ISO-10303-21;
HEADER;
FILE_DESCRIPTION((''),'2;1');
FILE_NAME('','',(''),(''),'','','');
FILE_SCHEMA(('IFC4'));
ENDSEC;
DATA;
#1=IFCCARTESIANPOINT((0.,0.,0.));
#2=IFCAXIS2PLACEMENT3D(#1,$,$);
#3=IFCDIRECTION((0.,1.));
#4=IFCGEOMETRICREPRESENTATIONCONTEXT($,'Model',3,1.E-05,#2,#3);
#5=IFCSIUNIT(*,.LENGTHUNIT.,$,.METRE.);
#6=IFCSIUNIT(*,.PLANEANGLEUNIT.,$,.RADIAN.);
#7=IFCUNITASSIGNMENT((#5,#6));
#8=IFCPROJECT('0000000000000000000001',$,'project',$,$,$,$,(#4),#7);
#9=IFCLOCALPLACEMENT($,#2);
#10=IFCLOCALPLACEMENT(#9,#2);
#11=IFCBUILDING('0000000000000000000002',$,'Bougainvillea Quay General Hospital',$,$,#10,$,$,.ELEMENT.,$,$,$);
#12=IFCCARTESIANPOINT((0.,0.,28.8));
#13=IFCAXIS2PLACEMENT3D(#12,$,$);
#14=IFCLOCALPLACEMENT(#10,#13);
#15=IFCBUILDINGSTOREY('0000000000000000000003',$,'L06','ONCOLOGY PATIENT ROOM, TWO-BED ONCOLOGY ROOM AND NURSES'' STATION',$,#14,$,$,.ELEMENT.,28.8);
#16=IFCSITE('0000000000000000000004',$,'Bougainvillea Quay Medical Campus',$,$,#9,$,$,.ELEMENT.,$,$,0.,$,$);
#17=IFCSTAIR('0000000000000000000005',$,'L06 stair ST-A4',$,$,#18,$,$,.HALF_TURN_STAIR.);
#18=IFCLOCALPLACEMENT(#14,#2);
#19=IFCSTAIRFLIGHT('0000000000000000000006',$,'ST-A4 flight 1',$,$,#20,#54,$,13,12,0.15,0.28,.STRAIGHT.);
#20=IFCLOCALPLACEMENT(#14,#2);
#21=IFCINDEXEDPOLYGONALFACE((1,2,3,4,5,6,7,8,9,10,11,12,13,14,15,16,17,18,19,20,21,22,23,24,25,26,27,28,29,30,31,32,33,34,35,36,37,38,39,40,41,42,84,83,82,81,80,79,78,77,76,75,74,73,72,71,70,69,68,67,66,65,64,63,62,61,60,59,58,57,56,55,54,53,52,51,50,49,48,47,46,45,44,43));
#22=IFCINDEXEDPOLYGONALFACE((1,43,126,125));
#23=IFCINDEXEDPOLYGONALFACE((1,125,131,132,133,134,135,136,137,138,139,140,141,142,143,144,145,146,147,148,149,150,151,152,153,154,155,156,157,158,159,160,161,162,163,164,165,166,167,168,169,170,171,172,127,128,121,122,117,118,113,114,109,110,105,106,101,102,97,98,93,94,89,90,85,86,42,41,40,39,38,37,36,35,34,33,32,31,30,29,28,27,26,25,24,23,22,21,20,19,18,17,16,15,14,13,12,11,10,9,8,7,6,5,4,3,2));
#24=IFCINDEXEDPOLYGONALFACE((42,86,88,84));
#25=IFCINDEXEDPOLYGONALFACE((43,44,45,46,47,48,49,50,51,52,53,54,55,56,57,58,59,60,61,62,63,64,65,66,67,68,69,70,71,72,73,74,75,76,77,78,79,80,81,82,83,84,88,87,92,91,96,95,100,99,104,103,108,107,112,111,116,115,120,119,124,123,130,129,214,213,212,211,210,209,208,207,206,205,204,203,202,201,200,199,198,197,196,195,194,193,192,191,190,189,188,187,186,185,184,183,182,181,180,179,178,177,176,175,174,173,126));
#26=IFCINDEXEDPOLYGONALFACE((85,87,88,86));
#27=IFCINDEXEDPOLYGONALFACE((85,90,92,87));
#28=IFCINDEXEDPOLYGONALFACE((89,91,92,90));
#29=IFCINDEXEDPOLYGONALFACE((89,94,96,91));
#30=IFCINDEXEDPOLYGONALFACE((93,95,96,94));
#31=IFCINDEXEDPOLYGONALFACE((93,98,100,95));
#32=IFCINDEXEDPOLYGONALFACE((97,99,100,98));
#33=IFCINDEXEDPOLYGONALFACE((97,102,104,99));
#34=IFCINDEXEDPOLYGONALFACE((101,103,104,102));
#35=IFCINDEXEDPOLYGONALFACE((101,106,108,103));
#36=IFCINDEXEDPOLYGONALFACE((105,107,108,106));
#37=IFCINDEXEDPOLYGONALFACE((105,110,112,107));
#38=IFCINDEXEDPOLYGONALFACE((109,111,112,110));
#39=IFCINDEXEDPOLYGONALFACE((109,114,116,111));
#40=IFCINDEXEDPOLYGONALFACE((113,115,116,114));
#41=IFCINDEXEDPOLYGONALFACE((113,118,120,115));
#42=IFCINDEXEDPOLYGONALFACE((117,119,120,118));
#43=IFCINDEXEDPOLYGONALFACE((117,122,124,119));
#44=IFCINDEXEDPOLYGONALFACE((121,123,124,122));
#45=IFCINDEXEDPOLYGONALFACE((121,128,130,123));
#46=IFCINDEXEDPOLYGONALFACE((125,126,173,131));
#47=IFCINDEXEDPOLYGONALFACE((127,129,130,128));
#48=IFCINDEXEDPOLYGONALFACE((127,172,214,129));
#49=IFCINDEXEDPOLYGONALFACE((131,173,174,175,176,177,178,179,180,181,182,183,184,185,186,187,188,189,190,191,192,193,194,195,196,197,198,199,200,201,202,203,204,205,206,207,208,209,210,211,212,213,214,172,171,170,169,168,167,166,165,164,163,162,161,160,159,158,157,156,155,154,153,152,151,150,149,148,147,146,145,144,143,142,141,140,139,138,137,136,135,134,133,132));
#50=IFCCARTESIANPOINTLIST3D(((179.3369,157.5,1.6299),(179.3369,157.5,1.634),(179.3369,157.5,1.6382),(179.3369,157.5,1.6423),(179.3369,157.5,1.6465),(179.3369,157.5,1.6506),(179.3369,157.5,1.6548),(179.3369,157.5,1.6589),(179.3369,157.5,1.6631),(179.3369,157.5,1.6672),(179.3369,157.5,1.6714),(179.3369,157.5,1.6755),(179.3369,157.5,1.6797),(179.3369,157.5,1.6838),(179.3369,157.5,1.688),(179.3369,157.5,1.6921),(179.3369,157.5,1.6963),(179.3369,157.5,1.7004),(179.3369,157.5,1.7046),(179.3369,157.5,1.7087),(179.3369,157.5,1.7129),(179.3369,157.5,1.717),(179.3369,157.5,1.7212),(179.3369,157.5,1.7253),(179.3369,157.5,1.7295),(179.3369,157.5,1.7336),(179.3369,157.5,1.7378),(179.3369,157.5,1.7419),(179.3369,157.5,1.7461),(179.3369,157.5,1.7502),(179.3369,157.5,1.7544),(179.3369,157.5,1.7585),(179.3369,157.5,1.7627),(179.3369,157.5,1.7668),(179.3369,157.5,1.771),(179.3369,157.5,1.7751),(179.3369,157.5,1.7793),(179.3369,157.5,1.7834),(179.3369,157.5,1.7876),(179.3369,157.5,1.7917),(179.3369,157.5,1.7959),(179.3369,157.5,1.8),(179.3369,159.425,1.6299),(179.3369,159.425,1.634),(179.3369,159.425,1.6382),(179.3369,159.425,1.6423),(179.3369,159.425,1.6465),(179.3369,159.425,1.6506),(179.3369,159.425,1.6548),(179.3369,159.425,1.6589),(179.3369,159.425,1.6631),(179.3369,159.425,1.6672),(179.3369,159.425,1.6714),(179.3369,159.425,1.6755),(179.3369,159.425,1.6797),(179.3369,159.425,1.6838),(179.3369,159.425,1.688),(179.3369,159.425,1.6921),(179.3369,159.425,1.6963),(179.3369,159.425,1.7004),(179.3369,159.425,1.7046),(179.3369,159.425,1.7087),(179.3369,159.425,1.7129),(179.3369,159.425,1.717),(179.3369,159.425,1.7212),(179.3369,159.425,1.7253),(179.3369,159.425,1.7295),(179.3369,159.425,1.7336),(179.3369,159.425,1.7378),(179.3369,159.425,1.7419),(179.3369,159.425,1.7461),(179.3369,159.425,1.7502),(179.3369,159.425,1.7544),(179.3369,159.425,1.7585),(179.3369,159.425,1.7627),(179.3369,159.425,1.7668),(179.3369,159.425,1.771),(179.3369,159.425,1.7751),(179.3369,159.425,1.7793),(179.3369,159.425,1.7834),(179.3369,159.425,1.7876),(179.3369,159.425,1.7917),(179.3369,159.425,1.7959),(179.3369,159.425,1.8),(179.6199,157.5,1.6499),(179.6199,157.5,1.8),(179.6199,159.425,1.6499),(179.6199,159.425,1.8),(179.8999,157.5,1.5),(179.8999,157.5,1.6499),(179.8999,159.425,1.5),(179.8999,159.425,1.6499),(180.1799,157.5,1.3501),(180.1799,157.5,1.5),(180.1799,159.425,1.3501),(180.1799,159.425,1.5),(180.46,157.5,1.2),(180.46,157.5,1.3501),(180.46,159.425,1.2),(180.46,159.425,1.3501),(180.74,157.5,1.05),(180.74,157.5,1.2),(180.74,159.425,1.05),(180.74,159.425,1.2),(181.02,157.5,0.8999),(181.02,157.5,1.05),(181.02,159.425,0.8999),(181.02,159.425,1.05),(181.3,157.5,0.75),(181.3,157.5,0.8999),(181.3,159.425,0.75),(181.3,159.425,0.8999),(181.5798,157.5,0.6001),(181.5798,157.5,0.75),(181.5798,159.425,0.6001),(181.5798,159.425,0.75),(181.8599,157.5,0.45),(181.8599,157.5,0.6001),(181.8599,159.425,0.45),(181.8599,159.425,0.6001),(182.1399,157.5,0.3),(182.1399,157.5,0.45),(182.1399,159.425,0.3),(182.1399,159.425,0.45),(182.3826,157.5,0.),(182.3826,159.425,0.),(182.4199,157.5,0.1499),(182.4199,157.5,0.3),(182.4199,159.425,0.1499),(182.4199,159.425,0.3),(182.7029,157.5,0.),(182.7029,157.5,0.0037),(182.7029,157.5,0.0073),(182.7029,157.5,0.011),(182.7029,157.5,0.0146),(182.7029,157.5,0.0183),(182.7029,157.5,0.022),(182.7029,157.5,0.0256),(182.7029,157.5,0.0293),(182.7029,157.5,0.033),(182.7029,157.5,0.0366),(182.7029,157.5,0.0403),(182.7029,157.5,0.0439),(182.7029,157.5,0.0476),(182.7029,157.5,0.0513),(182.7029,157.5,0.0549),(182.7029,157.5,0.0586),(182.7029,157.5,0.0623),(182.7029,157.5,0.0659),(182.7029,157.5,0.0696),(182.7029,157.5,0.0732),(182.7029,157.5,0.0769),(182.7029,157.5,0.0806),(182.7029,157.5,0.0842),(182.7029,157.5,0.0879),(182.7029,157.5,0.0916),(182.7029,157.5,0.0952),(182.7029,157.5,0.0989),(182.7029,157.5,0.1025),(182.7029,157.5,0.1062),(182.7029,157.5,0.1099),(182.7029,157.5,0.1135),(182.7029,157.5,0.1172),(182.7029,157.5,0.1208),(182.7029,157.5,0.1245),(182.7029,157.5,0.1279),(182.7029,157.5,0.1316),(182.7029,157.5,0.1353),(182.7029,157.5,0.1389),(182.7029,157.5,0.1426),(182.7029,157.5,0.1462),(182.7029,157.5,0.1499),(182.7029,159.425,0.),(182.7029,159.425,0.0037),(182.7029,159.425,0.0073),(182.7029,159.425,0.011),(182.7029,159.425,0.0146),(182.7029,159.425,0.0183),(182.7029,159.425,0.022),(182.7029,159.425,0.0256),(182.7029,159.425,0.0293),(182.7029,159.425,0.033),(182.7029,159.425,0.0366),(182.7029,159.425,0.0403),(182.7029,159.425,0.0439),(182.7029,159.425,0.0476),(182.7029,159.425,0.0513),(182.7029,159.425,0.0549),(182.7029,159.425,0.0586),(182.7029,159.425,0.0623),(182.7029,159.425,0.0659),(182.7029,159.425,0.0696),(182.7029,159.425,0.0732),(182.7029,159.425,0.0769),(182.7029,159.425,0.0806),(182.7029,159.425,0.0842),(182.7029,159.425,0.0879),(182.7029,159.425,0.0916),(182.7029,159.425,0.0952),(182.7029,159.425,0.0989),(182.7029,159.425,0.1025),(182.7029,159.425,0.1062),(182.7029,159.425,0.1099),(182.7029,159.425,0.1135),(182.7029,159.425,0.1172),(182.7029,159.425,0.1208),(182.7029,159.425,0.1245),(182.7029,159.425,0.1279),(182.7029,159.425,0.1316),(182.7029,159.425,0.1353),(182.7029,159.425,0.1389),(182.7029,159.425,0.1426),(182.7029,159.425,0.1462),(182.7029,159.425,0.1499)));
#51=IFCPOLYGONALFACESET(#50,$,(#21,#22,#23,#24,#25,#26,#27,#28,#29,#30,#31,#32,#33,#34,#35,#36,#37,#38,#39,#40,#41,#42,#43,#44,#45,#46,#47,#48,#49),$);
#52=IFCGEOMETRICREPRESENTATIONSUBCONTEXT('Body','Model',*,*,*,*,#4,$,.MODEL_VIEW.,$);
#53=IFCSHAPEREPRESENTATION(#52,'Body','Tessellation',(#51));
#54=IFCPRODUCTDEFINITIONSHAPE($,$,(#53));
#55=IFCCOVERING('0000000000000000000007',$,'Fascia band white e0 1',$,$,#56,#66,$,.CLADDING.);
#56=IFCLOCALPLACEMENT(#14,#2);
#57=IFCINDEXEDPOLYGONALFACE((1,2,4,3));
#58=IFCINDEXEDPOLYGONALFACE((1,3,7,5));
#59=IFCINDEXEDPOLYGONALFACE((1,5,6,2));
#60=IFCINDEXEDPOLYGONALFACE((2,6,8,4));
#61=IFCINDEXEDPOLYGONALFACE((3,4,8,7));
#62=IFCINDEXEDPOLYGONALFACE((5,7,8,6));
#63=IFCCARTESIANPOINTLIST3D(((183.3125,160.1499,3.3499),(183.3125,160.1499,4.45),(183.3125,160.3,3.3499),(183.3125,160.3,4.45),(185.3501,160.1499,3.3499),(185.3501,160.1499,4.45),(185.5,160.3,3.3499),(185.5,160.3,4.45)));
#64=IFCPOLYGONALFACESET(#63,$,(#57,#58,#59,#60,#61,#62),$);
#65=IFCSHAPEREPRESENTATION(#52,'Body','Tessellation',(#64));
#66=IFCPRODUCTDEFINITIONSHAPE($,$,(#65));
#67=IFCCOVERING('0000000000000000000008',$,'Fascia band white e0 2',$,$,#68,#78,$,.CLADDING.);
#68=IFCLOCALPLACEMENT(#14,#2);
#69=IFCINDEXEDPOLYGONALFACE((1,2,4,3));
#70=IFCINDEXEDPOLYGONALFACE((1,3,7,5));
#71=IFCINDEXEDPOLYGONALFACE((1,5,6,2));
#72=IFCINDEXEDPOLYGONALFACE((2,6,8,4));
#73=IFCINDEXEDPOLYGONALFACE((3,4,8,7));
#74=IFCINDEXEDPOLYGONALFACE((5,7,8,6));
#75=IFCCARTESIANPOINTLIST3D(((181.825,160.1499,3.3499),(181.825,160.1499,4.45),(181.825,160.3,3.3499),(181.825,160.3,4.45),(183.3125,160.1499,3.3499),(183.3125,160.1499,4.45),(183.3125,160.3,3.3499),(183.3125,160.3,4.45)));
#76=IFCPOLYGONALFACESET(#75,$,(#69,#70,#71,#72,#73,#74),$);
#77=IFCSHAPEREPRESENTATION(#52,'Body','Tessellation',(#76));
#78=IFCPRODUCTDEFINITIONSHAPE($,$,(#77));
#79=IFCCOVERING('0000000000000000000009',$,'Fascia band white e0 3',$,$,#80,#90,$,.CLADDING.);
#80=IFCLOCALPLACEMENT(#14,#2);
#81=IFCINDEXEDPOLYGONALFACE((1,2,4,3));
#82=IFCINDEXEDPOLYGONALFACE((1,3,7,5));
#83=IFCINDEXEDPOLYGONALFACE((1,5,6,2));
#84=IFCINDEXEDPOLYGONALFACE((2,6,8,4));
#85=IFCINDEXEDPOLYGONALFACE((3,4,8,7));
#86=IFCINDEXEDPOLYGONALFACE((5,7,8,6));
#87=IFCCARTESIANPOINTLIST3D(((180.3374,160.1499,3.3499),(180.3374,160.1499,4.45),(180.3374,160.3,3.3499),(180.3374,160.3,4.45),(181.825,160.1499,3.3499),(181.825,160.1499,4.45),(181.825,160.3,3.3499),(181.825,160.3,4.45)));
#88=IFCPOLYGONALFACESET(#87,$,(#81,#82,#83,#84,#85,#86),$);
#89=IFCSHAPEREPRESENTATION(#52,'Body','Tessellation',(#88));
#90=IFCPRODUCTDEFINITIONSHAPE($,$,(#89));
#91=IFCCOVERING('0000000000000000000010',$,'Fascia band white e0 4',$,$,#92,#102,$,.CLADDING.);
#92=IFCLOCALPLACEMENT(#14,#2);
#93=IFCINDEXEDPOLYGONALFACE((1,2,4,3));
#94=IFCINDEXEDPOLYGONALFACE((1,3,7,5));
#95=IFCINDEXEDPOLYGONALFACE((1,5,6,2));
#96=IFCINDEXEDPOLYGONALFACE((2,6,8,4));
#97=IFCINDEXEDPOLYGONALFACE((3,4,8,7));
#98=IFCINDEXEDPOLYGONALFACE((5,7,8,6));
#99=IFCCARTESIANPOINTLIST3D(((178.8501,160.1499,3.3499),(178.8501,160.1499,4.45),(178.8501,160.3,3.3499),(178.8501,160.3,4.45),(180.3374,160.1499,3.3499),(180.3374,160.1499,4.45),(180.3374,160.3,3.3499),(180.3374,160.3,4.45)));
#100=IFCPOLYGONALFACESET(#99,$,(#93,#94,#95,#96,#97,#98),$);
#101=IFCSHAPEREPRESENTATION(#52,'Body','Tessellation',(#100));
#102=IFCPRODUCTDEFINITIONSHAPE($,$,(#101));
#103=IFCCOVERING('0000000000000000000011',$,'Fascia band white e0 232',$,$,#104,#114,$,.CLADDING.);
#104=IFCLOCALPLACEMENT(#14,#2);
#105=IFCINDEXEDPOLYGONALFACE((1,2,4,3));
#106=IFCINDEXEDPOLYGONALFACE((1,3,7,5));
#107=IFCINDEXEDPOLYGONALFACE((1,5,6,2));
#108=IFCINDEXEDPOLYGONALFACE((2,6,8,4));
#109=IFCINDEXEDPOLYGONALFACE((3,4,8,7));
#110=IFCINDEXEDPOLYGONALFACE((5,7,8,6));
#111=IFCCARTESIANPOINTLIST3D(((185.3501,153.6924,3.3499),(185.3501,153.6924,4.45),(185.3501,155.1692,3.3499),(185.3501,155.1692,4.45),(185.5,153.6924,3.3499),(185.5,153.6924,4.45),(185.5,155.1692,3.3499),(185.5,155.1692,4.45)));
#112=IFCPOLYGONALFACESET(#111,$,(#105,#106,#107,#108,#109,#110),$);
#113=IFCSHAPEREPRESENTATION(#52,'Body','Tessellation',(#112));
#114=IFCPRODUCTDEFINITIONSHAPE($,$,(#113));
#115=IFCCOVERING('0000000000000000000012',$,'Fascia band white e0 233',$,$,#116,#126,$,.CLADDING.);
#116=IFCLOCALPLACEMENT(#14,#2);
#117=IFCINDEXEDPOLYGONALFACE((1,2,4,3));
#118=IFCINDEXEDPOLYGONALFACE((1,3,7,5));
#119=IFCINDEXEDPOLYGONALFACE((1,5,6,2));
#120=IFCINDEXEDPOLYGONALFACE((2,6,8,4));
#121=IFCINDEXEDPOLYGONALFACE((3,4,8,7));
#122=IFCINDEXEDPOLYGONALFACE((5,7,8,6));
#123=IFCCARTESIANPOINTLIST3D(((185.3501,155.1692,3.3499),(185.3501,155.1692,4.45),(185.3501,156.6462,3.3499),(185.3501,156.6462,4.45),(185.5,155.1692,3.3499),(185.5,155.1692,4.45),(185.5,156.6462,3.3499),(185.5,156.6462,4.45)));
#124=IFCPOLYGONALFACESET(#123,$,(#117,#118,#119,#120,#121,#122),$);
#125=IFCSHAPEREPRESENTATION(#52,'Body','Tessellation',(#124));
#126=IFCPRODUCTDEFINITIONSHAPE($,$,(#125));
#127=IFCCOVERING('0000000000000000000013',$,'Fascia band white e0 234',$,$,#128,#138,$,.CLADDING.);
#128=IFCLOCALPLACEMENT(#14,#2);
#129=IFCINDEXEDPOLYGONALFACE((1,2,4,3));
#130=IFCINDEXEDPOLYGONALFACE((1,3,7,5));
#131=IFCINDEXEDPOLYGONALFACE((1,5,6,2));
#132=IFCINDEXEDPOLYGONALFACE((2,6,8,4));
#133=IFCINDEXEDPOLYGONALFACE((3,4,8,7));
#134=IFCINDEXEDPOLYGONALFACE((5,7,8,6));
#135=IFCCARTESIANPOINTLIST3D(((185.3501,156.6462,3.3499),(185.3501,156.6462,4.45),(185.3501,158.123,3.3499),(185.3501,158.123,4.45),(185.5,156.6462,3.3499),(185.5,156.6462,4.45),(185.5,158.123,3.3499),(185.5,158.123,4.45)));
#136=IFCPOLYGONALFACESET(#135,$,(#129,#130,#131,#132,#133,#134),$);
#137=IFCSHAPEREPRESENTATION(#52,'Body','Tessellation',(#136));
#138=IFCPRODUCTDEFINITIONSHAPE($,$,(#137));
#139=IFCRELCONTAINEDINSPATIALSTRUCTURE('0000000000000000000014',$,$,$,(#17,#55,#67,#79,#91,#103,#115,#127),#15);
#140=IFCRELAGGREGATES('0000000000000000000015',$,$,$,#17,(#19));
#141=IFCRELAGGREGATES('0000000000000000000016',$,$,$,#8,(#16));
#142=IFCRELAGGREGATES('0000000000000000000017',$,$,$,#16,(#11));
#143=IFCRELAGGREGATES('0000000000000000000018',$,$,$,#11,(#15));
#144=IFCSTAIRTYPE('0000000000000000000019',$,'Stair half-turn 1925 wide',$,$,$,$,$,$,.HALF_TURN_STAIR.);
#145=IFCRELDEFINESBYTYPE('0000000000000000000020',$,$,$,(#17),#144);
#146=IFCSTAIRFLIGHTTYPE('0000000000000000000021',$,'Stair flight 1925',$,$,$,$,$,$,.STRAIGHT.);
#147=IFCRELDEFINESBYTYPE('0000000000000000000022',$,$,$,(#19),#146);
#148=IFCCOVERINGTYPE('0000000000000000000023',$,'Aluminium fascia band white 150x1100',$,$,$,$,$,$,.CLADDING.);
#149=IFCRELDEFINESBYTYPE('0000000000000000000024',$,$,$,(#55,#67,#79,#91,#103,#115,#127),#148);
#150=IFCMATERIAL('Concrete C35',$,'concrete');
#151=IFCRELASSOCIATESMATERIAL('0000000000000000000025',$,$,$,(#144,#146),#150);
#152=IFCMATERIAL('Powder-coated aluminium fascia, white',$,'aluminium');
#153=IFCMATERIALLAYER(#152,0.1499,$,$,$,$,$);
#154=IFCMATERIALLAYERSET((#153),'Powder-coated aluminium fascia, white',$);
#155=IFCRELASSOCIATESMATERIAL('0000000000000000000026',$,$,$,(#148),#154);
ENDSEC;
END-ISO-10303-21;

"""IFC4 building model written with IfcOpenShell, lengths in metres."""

from ifc_helpers import new_model, si_unit, direction, frame, origin, place, context, subcontext, project, spatial, polyline, outline, extrude, material, layer, layer_set, type_object, element, aggregate, save


model = new_model("IFC4")

# Units and contexts
model_context = context("Model", 3, precision=1e-05, world=origin(), true_north=direction((0.0, 1.0)))
body_context = subcontext(model_context, "Body", "Model", "MODEL_VIEW")
ifc_project = project(units=[si_unit("LENGTHUNIT", "METRE"), si_unit("PLANEANGLEUNIT", "RADIAN")], contexts=[model_context])

# Site, building, storey
site_placement = place(None, origin())
site = spatial("IfcSite", under=ifc_project, at=site_placement, Name="Bougainvillea Quay Medical Campus", CompositionType="ELEMENT", RefElevation=0.0)
building_placement = place(site_placement, origin())
building = spatial("IfcBuilding", under=site, at=building_placement, Name="Bougainvillea Quay General Hospital", CompositionType="ELEMENT")
storey_placement = place(building_placement, frame((0.0, 0.0, 28.8)))
storey = spatial("IfcBuildingStorey", under=building, at=storey_placement, Name="L06", Description="ONCOLOGY PATIENT ROOM, TWO-BED ONCOLOGY ROOM AND NURSES' STATION", CompositionType="ELEMENT", Elevation=28.8)

# Stair, stair flight
ifc_material_1 = material(Name="Concrete C35", Category="concrete")
stair_type = type_object("IfcStairType", Name="Stair half-turn 1925 wide", PredefinedType="HALF_TURN_STAIR", material=ifc_material_1)
stair_placement = place(storey_placement, origin())
stair = element("IfcStair", 1, at=stair_placement, inside=storey, type_object=stair_type, Name="L06 stair ST-A4", PredefinedType="HALF_TURN_STAIR")
stair_flight_type = type_object("IfcStairFlightType", Name="Stair flight 1925", PredefinedType="STRAIGHT", material=ifc_material_1)
stair_flight_1_placement = place(storey_placement, frame((182.7, 158.4624, 0.0), z_axis=(0.0, 0.0, 1.0), x_axis=(-1.0, 0.0, 0.0)))
stair_flight_1 = element("IfcStairFlight", 2, at=stair_flight_1_placement, type_object=stair_flight_type, Name="ST-A4 flight 1", NumberOfRisers=13, NumberOfTreads=12, PredefinedType="STRAIGHT", RiserHeight=0.15, TreadLength=0.28, context=body_context, shape_type="SweptSolid", body=[
    extrude(outline(polyline([(-0.0029, 0.0), (-0.0029, 0.0037), (-0.0029, 0.0073), (-0.0029, 0.011), (-0.0029, 0.0146), (-0.0029, 0.0183), (-0.0029, 0.022), (-0.0029, 0.0256), (-0.0029, 0.0293), (-0.0029, 0.033), (-0.0029, 0.0366), (-0.0029, 0.0403), (-0.0029, 0.0439), (-0.0029, 0.0476), (-0.0029, 0.0513), (-0.0029, 0.0549), (-0.0029, 0.0586), (-0.0029, 0.0623), (-0.0029, 0.0659), (-0.0029, 0.0696), (-0.0029, 0.0732), (-0.0029, 0.0769), (-0.0029, 0.0806), (-0.0029, 0.0842), (-0.0029, 0.0879), (-0.0029, 0.0916), (-0.0029, 0.0952), (-0.0029, 0.0989), (-0.0029, 0.1025), (-0.0029, 0.1062), (-0.0029, 0.1099), (-0.0029, 0.1135), (-0.0029, 0.1172), (-0.0029, 0.1208), (-0.0029, 0.1245), (-0.0029, 0.1279), (-0.0029, 0.1316), (-0.0029, 0.1353), (-0.0029, 0.1389), (-0.0029, 0.1426), (-0.0029, 0.1462), (-0.0029, 0.1499), (0.28, 0.1499), (0.28, 0.3), (0.5601, 0.3), (0.5601, 0.45), (0.8401, 0.45), (0.8401, 0.6001), (1.1201, 0.6001), (1.1201, 0.75), (1.3999, 0.75), (1.3999, 0.8999), (1.6799, 0.8999), (1.6799, 1.05), (1.96, 1.05), (1.96, 1.2), (2.24, 1.2), (2.24, 1.3501), (2.52, 1.3501), (2.52, 1.5), (2.8, 1.5), (2.8, 1.6499), (3.0801, 1.6499), (3.0801, 1.8), (3.363, 1.8), (3.363, 1.7959), (3.363, 1.7917), (3.363, 1.7876), (3.363, 1.7834), (3.363, 1.7793), (3.363, 1.7751), (3.363, 1.771), (3.363, 1.7668), (3.363, 1.7627), (3.363, 1.7585), (3.363, 1.7544), (3.363, 1.7502), (3.363, 1.7461), (3.363, 1.7419), (3.363, 1.7378), (3.363, 1.7336), (3.363, 1.7295), (3.363, 1.7253), (3.363, 1.7212), (3.363, 1.717), (3.363, 1.7129), (3.363, 1.7087), (3.363, 1.7046), (3.363, 1.7004), (3.363, 1.6963), (3.363, 1.6921), (3.363, 1.688), (3.363, 1.6838), (3.363, 1.6797), (3.363, 1.6755), (3.363, 1.6714), (3.363, 1.6672), (3.363, 1.6631), (3.363, 1.6589), (3.363, 1.6548), (3.363, 1.6506), (3.363, 1.6465), (3.363, 1.6423), (3.363, 1.6382), (3.363, 1.634), (3.363, 1.6299), (0.3174, 0.0), (-0.0029, 0.0)])), frame((0.0, 0.9624, 0.0), z_axis=(0.0, -1.0, 0.0), x_axis=(1.0, 0.0, 0.0)), (0.0, 0.0, 1.0), 1.925),
])
aggregate(stair, [stair_flight_1])

# Coverings
ifc_material_2 = material(Name="Powder-coated aluminium fascia, white", Category="aluminium")
ifc_layer_1 = layer(ifc_material_2, 0.1499)
ifc_layer_set_1 = layer_set([ifc_layer_1], Name="Powder-coated aluminium fascia, white")
covering_type = type_object("IfcCoveringType", Name="Aluminium fascia band white 150x1100", PredefinedType="CLADDING", material=ifc_layer_set_1)
covering_1_placement = place(storey_placement, frame((185.3501, 160.1499, 3.3499), z_axis=(0.0, 0.0, 1.0), x_axis=(-1.0, 0.0, 0.0)))
element("IfcCovering", 3, at=covering_1_placement, inside=storey, type_object=covering_type, Name="Fascia band white e0 1", PredefinedType="CLADDING", context=body_context, shape_type="SweptSolid", body=[
    extrude(outline(polyline([(0.0, 0.0), (2.0376, 0.0), (2.0376, -0.1501), (-0.1499, -0.1501), (0.0, 0.0)])), origin(), (0.0, 0.0, 1.0), 1.1001),
])
for number, where, z_axis, x_axis, name in (
    (4, (183.3125, 160.1499, 3.3499), (0.0, 0.0, 1.0), (-1.0, 0.0, 0.0), "Fascia band white e0 2"),
    (5, (181.825, 160.1499, 3.3499), (0.0, 0.0, 1.0), (-1.0, 0.0, 0.0), "Fascia band white e0 3"),
):
    element("IfcCovering", number, at=place(storey_placement, frame(where, z_axis=z_axis, x_axis=x_axis)), inside=storey, type_object=covering_type, Name=name, PredefinedType="CLADDING", context=body_context, shape_type="SweptSolid", body=[
        extrude(outline(polyline([(0.0, 0.0), (1.4875, 0.0), (1.4875, -0.1501), (0.0, -0.1501), (0.0, 0.0)])), origin(), (0.0, 0.0, 1.0), 1.1001),
    ])
covering_2_placement = place(storey_placement, frame((180.3374, 160.1499, 3.3499), z_axis=(0.0, 0.0, 1.0), x_axis=(-1.0, 0.0, 0.0)))
element("IfcCovering", 6, at=covering_2_placement, inside=storey, type_object=covering_type, Name="Fascia band white e0 4", PredefinedType="CLADDING", context=body_context, shape_type="SweptSolid", body=[
    extrude(outline(polyline([(0.0, 0.0), (1.4873, 0.0), (1.4873, -0.1501), (0.0, -0.1501), (0.0, 0.0)])), origin(), (0.0, 0.0, 1.0), 1.1001),
])
covering_3_placement = place(storey_placement, frame((185.3501, 153.6924, 3.3499), z_axis=(0.0, 0.0, 1.0), x_axis=(0.0, 1.0, 0.0)))
element("IfcCovering", 7, at=covering_3_placement, inside=storey, type_object=covering_type, Name="Fascia band white e0 232", PredefinedType="CLADDING", context=body_context, shape_type="SweptSolid", body=[
    extrude(outline(polyline([(0.0, 0.0), (1.4768, 0.0), (1.4768, -0.1499), (0.0, -0.1499), (0.0, 0.0)])), origin(), (0.0, 0.0, 1.0), 1.1001),
])
covering_4_placement = place(storey_placement, frame((185.3501, 155.1692, 3.3499), z_axis=(0.0, 0.0, 1.0), x_axis=(0.0, 1.0, 0.0)))
element("IfcCovering", 8, at=covering_4_placement, inside=storey, type_object=covering_type, Name="Fascia band white e0 233", PredefinedType="CLADDING", context=body_context, shape_type="SweptSolid", body=[
    extrude(outline(polyline([(0.0, 0.0), (1.4771, 0.0), (1.4771, -0.1499), (0.0, -0.1499), (0.0, 0.0)])), origin(), (0.0, 0.0, 1.0), 1.1001),
])
covering_5_placement = place(storey_placement, frame((185.3501, 156.6462, 3.3499), z_axis=(0.0, 0.0, 1.0), x_axis=(0.0, 1.0, 0.0)))
element("IfcCovering", 9, at=covering_5_placement, inside=storey, type_object=covering_type, Name="Fascia band white e0 234", PredefinedType="CLADDING", context=body_context, shape_type="SweptSolid", body=[
    extrude(outline(polyline([(0.0, 0.0), (1.4768, 0.0), (1.4768, -0.1499), (0.0, -0.1499), (0.0, 0.0)])), origin(), (0.0, 0.0, 1.0), 1.1001),
])

save(model, "model.ifc")
